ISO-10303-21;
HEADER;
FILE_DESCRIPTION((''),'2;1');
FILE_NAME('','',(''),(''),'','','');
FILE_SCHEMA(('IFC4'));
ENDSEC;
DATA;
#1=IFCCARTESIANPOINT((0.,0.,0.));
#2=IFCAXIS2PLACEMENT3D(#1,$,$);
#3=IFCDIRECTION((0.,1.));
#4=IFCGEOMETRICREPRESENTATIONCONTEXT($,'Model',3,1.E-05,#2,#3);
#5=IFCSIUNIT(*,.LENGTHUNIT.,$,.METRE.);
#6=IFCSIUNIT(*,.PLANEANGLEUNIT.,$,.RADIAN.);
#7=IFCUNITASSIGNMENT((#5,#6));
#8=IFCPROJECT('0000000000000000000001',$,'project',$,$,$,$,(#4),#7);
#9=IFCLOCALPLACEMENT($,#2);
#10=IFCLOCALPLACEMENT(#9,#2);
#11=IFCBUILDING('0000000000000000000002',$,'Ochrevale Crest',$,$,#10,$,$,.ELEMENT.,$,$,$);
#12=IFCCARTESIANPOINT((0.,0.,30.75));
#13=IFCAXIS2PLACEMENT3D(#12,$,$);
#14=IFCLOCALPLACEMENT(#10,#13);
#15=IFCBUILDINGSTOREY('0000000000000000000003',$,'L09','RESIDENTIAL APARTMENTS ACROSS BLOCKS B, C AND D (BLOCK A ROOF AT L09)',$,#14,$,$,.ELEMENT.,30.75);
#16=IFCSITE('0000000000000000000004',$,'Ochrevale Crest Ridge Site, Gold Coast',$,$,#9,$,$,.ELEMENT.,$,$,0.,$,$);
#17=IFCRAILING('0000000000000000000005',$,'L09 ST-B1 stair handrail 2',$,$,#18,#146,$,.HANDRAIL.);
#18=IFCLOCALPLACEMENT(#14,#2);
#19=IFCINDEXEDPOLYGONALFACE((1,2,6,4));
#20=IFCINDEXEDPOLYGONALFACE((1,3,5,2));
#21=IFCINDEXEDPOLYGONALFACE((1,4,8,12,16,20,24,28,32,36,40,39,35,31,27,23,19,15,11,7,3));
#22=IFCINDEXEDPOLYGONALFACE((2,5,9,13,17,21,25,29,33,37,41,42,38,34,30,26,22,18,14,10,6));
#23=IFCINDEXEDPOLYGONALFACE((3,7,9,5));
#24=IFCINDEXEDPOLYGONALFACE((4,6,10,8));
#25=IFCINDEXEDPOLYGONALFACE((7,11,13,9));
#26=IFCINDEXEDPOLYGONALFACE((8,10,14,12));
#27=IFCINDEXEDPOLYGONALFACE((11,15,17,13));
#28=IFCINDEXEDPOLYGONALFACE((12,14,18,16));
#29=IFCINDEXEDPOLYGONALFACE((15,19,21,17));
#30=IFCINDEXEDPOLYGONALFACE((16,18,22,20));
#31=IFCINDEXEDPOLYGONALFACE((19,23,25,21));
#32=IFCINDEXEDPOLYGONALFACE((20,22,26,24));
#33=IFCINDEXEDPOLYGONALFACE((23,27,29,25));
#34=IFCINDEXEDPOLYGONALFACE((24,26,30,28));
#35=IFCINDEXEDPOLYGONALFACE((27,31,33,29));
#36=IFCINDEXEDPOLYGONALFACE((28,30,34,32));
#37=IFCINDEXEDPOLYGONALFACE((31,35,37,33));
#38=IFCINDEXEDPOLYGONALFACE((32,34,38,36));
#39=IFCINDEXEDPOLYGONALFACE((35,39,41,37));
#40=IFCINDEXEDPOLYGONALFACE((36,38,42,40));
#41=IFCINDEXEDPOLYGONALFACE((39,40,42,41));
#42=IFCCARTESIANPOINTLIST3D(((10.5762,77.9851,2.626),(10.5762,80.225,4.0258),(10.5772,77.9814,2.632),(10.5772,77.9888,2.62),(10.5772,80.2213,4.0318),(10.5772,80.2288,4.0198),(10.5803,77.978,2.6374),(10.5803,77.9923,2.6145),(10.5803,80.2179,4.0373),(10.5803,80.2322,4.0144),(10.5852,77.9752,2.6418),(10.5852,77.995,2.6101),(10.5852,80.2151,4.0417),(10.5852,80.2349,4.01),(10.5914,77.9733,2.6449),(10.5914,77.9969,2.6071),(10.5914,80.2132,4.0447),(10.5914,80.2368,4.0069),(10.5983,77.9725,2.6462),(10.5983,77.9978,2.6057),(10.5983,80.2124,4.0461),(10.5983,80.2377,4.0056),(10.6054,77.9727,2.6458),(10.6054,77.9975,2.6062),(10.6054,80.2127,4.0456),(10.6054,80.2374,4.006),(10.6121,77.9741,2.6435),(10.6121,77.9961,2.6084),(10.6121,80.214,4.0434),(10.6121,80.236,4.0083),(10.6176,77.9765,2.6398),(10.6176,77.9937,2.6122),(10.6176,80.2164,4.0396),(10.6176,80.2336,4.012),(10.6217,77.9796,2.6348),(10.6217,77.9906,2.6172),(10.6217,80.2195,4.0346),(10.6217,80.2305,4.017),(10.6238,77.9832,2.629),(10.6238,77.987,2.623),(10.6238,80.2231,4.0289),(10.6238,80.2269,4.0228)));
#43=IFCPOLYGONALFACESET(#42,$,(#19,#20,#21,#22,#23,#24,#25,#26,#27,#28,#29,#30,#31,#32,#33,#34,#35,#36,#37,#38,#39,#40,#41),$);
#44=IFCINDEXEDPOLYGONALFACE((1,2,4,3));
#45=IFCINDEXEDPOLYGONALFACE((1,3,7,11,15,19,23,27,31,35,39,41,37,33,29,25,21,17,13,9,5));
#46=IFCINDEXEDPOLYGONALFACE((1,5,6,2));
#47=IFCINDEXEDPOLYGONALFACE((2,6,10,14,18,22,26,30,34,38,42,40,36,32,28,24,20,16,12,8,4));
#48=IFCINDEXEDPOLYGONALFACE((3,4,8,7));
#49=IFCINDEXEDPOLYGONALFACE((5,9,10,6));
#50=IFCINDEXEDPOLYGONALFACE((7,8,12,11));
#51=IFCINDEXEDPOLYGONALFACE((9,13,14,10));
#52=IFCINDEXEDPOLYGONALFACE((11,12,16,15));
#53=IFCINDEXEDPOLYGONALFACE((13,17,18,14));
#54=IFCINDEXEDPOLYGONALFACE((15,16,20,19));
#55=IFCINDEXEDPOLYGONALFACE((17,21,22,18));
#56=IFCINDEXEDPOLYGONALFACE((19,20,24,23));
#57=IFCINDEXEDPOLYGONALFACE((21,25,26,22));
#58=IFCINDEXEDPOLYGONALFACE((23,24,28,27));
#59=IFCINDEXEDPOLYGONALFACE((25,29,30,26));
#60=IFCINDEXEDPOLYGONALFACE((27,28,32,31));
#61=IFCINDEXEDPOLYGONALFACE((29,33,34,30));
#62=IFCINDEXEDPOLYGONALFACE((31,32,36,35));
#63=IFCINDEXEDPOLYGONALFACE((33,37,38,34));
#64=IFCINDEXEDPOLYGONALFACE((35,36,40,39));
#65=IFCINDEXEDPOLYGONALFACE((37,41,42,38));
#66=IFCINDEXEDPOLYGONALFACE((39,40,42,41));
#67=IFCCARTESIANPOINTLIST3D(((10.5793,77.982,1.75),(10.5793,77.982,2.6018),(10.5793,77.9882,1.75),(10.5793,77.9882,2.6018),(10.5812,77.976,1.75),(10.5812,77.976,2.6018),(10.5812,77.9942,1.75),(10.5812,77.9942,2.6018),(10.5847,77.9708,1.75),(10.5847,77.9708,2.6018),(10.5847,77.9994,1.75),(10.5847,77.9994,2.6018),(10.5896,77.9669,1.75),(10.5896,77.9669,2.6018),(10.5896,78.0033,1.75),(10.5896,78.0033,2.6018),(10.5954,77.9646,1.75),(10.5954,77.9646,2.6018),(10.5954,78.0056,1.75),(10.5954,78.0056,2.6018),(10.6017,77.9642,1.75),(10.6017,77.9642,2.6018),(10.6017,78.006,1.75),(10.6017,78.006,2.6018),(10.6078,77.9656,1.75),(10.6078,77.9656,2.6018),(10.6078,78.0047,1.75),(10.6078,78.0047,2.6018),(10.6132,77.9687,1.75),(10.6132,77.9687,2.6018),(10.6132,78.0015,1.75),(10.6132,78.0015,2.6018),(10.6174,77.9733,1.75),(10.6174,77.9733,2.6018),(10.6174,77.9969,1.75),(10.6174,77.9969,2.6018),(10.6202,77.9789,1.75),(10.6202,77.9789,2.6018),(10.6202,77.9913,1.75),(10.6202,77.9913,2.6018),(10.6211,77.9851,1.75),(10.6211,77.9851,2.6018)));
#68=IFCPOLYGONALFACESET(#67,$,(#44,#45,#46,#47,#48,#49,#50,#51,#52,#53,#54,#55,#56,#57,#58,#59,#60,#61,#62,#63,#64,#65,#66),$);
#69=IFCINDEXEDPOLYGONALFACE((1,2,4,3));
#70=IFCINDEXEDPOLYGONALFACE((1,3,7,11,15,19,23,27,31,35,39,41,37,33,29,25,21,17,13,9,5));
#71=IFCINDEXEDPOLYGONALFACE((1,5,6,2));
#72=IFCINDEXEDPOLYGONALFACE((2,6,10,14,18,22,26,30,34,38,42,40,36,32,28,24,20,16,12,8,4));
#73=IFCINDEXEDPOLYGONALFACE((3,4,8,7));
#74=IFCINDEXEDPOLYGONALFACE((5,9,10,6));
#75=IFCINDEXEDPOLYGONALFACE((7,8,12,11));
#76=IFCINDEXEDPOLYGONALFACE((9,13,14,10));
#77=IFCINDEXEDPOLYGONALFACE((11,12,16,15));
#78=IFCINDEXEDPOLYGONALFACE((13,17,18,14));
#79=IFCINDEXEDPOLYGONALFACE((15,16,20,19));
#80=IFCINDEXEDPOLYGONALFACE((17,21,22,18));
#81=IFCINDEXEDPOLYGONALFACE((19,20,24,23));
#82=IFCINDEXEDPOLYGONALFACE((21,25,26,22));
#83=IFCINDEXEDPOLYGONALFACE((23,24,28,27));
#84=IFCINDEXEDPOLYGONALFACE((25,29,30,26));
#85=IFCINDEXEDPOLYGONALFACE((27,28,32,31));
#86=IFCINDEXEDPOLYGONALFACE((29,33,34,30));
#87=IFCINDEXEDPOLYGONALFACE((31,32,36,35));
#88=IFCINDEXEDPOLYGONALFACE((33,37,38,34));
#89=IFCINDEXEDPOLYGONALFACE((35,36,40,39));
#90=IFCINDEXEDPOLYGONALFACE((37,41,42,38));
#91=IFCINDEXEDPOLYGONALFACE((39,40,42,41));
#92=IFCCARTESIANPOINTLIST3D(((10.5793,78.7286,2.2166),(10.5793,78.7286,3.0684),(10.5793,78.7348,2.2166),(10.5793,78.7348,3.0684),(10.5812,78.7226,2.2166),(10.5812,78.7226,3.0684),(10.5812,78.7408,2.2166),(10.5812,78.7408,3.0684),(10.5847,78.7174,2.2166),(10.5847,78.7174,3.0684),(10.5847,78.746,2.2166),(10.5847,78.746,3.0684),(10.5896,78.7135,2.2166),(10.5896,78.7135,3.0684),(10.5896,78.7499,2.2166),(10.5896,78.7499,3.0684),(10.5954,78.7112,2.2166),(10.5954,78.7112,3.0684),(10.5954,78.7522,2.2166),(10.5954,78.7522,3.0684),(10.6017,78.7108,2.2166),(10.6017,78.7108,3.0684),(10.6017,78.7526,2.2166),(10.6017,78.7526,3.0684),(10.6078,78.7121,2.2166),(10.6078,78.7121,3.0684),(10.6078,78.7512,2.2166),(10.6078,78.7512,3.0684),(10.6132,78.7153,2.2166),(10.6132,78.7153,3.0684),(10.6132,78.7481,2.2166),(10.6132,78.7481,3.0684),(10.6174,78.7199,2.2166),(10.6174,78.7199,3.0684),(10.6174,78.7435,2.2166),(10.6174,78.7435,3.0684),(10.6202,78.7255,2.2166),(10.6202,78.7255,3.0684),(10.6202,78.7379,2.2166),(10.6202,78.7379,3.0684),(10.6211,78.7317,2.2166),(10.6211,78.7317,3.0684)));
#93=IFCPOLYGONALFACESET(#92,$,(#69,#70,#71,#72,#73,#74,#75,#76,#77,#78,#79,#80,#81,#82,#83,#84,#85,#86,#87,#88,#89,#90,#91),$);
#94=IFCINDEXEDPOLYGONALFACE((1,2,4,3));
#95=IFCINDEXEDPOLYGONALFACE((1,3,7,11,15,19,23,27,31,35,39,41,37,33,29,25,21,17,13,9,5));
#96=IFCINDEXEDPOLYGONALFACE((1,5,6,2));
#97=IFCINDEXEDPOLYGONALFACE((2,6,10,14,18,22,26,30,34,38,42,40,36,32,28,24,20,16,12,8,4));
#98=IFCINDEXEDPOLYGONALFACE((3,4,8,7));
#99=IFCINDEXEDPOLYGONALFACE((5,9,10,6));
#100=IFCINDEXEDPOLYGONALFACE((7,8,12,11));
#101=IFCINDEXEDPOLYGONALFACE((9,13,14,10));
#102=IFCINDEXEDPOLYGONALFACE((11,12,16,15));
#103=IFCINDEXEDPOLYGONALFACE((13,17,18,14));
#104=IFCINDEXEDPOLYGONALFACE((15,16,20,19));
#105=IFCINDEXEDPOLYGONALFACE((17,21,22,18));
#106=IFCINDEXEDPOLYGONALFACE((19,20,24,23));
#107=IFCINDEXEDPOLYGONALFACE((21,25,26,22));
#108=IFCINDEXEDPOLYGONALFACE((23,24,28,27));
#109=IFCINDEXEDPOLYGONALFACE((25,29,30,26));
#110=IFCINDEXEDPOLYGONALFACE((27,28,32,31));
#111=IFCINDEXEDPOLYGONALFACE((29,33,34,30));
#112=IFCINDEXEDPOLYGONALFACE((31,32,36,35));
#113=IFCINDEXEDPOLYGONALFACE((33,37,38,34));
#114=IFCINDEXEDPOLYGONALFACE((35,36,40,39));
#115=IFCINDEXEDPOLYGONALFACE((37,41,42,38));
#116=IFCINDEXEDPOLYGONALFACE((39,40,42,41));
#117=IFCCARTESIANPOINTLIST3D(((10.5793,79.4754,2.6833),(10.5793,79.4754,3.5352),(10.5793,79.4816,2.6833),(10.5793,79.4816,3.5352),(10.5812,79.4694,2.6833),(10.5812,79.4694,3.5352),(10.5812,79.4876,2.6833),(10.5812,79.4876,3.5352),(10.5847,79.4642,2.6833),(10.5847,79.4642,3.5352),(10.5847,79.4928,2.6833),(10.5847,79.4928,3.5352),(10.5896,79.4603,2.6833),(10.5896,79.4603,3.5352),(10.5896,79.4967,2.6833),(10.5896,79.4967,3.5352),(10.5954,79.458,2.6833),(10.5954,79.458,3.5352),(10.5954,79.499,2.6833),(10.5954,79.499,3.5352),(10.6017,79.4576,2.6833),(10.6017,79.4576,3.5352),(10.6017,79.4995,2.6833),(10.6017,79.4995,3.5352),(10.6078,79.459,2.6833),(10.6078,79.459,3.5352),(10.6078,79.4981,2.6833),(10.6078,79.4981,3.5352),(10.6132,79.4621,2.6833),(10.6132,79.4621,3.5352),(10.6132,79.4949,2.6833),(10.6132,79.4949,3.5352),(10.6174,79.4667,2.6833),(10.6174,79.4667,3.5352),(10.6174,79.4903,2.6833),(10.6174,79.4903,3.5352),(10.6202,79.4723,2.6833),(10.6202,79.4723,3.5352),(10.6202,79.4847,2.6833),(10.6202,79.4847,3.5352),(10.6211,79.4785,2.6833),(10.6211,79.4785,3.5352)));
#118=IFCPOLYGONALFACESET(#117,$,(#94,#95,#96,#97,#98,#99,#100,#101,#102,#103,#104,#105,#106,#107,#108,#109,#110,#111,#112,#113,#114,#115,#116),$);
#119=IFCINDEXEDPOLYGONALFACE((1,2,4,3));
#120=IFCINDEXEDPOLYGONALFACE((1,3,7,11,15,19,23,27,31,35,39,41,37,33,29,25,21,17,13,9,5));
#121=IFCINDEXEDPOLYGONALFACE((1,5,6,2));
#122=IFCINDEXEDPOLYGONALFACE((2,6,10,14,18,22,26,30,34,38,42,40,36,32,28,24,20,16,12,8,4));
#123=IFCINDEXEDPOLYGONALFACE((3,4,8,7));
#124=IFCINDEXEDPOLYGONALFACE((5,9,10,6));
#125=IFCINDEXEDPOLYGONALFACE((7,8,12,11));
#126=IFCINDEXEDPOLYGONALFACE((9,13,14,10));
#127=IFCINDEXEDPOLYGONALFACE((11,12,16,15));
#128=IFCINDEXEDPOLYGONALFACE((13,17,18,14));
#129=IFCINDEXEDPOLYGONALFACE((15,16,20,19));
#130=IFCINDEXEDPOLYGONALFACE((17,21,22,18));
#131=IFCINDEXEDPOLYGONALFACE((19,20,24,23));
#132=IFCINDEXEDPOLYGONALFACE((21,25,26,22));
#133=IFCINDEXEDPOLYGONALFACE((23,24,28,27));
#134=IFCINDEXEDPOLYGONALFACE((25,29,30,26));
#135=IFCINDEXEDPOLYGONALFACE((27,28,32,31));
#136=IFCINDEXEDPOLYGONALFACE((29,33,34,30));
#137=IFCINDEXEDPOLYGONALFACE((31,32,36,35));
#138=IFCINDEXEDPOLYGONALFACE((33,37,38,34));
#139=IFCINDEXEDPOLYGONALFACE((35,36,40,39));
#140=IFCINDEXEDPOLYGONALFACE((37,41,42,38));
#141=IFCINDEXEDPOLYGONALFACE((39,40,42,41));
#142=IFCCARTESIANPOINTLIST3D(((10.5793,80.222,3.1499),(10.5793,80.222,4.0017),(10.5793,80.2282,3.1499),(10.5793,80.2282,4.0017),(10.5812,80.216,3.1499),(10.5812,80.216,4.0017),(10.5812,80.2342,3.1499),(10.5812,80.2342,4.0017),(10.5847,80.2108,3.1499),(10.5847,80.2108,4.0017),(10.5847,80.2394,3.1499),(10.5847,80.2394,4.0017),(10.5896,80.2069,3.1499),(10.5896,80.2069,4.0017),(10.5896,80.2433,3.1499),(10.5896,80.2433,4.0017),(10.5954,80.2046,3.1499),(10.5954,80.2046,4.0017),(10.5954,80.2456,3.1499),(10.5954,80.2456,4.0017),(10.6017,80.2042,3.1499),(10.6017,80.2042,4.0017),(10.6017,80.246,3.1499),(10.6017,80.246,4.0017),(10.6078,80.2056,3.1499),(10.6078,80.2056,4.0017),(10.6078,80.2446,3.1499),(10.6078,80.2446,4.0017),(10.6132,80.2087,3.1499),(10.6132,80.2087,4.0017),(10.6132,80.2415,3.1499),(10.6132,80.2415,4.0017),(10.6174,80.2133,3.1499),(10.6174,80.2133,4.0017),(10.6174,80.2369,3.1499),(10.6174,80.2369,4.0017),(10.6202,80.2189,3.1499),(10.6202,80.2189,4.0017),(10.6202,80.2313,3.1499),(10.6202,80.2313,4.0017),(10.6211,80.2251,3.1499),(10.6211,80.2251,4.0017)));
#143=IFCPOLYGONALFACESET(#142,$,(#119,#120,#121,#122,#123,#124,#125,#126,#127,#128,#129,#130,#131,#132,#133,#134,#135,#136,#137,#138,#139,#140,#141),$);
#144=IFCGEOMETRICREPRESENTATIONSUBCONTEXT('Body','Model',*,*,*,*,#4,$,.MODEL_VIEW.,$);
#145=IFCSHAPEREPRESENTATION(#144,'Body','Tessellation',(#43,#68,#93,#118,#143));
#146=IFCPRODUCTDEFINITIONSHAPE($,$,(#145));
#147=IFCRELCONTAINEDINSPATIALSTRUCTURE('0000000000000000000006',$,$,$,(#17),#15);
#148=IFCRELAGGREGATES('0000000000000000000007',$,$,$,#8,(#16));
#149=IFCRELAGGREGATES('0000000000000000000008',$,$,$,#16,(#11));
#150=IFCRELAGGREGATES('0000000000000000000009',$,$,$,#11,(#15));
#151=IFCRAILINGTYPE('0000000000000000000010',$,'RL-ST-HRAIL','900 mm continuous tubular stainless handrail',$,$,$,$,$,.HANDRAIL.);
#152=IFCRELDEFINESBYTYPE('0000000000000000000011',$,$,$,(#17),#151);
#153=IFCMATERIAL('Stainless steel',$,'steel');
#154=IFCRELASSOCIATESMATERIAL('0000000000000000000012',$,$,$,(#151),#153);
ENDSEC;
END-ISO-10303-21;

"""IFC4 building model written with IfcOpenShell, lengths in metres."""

from ifc_helpers import new_model, si_unit, direction, frame, origin, origin_2d, place, context, subcontext, project, spatial, circle, extrude, material, type_object, element, save


model = new_model("IFC4")

# Units and contexts
model_context = context("Model", 3, precision=1e-05, world=origin(), true_north=direction((0.0, 1.0)))
body_context = subcontext(model_context, "Body", "Model", "MODEL_VIEW")
ifc_project = project(units=[si_unit("LENGTHUNIT", "METRE"), si_unit("PLANEANGLEUNIT", "RADIAN")], contexts=[model_context])

# Site, building, storey
site_placement = place(None, origin())
site = spatial("IfcSite", under=ifc_project, at=site_placement, Name="Ochrevale Crest Ridge Site, Gold Coast", CompositionType="ELEMENT", RefElevation=0.0)
building_placement = place(site_placement, origin())
building = spatial("IfcBuilding", under=site, at=building_placement, Name="Ochrevale Crest", CompositionType="ELEMENT")
storey_placement = place(building_placement, frame((0.0, 0.0, 30.75)))
storey = spatial("IfcBuildingStorey", under=building, at=storey_placement, Name="L09", Description="RESIDENTIAL APARTMENTS ACROSS BLOCKS B, C AND D (BLOCK A ROOF AT L09)", CompositionType="ELEMENT", Elevation=30.75)

# Railing
ifc_material_1 = material(Name="Stainless steel", Category="steel")
railing_type_1 = type_object("IfcRailingType", Name="RL-ST-HRAIL", Description="900 mm continuous tubular stainless handrail", PredefinedType="HANDRAIL", material=ifc_material_1)
railing_1_placement = place(storey_placement, frame((10.6001, 77.9851, 1.75)))
element("IfcRailing", 1, at=railing_1_placement, inside=storey, type_object=railing_type_1, Name="L09 ST-B1 stair handrail 2", PredefinedType="HANDRAIL", context=body_context, shape_type="SweptSolid", body=[
    extrude(circle(Radius=0.0239, at=origin_2d()), frame((0.0, 0.0, 0.876), z_axis=(0.0, 0.848014, 0.529974), x_axis=(-1.0, 0.0, 0.0)), (0.0, 0.0, 1.0), 2.6414),
    extrude(circle(Radius=0.021, at=origin_2d()), origin(), (0.0, 0.0, 1.0), 0.8518),
    extrude(circle(Radius=0.021, at=origin_2d()), frame((0.0, 0.7466, 0.4666)), (0.0, 0.0, 1.0), 0.8518),
    extrude(circle(Radius=0.021, at=origin_2d()), frame((0.0, 1.4934, 0.9333)), (0.0, 0.0, 1.0), 0.8518),
    extrude(circle(Radius=0.021, at=origin_2d()), frame((0.0, 2.24, 1.3999)), (0.0, 0.0, 1.0), 0.8518),
])

save(model, "model.ifc")
